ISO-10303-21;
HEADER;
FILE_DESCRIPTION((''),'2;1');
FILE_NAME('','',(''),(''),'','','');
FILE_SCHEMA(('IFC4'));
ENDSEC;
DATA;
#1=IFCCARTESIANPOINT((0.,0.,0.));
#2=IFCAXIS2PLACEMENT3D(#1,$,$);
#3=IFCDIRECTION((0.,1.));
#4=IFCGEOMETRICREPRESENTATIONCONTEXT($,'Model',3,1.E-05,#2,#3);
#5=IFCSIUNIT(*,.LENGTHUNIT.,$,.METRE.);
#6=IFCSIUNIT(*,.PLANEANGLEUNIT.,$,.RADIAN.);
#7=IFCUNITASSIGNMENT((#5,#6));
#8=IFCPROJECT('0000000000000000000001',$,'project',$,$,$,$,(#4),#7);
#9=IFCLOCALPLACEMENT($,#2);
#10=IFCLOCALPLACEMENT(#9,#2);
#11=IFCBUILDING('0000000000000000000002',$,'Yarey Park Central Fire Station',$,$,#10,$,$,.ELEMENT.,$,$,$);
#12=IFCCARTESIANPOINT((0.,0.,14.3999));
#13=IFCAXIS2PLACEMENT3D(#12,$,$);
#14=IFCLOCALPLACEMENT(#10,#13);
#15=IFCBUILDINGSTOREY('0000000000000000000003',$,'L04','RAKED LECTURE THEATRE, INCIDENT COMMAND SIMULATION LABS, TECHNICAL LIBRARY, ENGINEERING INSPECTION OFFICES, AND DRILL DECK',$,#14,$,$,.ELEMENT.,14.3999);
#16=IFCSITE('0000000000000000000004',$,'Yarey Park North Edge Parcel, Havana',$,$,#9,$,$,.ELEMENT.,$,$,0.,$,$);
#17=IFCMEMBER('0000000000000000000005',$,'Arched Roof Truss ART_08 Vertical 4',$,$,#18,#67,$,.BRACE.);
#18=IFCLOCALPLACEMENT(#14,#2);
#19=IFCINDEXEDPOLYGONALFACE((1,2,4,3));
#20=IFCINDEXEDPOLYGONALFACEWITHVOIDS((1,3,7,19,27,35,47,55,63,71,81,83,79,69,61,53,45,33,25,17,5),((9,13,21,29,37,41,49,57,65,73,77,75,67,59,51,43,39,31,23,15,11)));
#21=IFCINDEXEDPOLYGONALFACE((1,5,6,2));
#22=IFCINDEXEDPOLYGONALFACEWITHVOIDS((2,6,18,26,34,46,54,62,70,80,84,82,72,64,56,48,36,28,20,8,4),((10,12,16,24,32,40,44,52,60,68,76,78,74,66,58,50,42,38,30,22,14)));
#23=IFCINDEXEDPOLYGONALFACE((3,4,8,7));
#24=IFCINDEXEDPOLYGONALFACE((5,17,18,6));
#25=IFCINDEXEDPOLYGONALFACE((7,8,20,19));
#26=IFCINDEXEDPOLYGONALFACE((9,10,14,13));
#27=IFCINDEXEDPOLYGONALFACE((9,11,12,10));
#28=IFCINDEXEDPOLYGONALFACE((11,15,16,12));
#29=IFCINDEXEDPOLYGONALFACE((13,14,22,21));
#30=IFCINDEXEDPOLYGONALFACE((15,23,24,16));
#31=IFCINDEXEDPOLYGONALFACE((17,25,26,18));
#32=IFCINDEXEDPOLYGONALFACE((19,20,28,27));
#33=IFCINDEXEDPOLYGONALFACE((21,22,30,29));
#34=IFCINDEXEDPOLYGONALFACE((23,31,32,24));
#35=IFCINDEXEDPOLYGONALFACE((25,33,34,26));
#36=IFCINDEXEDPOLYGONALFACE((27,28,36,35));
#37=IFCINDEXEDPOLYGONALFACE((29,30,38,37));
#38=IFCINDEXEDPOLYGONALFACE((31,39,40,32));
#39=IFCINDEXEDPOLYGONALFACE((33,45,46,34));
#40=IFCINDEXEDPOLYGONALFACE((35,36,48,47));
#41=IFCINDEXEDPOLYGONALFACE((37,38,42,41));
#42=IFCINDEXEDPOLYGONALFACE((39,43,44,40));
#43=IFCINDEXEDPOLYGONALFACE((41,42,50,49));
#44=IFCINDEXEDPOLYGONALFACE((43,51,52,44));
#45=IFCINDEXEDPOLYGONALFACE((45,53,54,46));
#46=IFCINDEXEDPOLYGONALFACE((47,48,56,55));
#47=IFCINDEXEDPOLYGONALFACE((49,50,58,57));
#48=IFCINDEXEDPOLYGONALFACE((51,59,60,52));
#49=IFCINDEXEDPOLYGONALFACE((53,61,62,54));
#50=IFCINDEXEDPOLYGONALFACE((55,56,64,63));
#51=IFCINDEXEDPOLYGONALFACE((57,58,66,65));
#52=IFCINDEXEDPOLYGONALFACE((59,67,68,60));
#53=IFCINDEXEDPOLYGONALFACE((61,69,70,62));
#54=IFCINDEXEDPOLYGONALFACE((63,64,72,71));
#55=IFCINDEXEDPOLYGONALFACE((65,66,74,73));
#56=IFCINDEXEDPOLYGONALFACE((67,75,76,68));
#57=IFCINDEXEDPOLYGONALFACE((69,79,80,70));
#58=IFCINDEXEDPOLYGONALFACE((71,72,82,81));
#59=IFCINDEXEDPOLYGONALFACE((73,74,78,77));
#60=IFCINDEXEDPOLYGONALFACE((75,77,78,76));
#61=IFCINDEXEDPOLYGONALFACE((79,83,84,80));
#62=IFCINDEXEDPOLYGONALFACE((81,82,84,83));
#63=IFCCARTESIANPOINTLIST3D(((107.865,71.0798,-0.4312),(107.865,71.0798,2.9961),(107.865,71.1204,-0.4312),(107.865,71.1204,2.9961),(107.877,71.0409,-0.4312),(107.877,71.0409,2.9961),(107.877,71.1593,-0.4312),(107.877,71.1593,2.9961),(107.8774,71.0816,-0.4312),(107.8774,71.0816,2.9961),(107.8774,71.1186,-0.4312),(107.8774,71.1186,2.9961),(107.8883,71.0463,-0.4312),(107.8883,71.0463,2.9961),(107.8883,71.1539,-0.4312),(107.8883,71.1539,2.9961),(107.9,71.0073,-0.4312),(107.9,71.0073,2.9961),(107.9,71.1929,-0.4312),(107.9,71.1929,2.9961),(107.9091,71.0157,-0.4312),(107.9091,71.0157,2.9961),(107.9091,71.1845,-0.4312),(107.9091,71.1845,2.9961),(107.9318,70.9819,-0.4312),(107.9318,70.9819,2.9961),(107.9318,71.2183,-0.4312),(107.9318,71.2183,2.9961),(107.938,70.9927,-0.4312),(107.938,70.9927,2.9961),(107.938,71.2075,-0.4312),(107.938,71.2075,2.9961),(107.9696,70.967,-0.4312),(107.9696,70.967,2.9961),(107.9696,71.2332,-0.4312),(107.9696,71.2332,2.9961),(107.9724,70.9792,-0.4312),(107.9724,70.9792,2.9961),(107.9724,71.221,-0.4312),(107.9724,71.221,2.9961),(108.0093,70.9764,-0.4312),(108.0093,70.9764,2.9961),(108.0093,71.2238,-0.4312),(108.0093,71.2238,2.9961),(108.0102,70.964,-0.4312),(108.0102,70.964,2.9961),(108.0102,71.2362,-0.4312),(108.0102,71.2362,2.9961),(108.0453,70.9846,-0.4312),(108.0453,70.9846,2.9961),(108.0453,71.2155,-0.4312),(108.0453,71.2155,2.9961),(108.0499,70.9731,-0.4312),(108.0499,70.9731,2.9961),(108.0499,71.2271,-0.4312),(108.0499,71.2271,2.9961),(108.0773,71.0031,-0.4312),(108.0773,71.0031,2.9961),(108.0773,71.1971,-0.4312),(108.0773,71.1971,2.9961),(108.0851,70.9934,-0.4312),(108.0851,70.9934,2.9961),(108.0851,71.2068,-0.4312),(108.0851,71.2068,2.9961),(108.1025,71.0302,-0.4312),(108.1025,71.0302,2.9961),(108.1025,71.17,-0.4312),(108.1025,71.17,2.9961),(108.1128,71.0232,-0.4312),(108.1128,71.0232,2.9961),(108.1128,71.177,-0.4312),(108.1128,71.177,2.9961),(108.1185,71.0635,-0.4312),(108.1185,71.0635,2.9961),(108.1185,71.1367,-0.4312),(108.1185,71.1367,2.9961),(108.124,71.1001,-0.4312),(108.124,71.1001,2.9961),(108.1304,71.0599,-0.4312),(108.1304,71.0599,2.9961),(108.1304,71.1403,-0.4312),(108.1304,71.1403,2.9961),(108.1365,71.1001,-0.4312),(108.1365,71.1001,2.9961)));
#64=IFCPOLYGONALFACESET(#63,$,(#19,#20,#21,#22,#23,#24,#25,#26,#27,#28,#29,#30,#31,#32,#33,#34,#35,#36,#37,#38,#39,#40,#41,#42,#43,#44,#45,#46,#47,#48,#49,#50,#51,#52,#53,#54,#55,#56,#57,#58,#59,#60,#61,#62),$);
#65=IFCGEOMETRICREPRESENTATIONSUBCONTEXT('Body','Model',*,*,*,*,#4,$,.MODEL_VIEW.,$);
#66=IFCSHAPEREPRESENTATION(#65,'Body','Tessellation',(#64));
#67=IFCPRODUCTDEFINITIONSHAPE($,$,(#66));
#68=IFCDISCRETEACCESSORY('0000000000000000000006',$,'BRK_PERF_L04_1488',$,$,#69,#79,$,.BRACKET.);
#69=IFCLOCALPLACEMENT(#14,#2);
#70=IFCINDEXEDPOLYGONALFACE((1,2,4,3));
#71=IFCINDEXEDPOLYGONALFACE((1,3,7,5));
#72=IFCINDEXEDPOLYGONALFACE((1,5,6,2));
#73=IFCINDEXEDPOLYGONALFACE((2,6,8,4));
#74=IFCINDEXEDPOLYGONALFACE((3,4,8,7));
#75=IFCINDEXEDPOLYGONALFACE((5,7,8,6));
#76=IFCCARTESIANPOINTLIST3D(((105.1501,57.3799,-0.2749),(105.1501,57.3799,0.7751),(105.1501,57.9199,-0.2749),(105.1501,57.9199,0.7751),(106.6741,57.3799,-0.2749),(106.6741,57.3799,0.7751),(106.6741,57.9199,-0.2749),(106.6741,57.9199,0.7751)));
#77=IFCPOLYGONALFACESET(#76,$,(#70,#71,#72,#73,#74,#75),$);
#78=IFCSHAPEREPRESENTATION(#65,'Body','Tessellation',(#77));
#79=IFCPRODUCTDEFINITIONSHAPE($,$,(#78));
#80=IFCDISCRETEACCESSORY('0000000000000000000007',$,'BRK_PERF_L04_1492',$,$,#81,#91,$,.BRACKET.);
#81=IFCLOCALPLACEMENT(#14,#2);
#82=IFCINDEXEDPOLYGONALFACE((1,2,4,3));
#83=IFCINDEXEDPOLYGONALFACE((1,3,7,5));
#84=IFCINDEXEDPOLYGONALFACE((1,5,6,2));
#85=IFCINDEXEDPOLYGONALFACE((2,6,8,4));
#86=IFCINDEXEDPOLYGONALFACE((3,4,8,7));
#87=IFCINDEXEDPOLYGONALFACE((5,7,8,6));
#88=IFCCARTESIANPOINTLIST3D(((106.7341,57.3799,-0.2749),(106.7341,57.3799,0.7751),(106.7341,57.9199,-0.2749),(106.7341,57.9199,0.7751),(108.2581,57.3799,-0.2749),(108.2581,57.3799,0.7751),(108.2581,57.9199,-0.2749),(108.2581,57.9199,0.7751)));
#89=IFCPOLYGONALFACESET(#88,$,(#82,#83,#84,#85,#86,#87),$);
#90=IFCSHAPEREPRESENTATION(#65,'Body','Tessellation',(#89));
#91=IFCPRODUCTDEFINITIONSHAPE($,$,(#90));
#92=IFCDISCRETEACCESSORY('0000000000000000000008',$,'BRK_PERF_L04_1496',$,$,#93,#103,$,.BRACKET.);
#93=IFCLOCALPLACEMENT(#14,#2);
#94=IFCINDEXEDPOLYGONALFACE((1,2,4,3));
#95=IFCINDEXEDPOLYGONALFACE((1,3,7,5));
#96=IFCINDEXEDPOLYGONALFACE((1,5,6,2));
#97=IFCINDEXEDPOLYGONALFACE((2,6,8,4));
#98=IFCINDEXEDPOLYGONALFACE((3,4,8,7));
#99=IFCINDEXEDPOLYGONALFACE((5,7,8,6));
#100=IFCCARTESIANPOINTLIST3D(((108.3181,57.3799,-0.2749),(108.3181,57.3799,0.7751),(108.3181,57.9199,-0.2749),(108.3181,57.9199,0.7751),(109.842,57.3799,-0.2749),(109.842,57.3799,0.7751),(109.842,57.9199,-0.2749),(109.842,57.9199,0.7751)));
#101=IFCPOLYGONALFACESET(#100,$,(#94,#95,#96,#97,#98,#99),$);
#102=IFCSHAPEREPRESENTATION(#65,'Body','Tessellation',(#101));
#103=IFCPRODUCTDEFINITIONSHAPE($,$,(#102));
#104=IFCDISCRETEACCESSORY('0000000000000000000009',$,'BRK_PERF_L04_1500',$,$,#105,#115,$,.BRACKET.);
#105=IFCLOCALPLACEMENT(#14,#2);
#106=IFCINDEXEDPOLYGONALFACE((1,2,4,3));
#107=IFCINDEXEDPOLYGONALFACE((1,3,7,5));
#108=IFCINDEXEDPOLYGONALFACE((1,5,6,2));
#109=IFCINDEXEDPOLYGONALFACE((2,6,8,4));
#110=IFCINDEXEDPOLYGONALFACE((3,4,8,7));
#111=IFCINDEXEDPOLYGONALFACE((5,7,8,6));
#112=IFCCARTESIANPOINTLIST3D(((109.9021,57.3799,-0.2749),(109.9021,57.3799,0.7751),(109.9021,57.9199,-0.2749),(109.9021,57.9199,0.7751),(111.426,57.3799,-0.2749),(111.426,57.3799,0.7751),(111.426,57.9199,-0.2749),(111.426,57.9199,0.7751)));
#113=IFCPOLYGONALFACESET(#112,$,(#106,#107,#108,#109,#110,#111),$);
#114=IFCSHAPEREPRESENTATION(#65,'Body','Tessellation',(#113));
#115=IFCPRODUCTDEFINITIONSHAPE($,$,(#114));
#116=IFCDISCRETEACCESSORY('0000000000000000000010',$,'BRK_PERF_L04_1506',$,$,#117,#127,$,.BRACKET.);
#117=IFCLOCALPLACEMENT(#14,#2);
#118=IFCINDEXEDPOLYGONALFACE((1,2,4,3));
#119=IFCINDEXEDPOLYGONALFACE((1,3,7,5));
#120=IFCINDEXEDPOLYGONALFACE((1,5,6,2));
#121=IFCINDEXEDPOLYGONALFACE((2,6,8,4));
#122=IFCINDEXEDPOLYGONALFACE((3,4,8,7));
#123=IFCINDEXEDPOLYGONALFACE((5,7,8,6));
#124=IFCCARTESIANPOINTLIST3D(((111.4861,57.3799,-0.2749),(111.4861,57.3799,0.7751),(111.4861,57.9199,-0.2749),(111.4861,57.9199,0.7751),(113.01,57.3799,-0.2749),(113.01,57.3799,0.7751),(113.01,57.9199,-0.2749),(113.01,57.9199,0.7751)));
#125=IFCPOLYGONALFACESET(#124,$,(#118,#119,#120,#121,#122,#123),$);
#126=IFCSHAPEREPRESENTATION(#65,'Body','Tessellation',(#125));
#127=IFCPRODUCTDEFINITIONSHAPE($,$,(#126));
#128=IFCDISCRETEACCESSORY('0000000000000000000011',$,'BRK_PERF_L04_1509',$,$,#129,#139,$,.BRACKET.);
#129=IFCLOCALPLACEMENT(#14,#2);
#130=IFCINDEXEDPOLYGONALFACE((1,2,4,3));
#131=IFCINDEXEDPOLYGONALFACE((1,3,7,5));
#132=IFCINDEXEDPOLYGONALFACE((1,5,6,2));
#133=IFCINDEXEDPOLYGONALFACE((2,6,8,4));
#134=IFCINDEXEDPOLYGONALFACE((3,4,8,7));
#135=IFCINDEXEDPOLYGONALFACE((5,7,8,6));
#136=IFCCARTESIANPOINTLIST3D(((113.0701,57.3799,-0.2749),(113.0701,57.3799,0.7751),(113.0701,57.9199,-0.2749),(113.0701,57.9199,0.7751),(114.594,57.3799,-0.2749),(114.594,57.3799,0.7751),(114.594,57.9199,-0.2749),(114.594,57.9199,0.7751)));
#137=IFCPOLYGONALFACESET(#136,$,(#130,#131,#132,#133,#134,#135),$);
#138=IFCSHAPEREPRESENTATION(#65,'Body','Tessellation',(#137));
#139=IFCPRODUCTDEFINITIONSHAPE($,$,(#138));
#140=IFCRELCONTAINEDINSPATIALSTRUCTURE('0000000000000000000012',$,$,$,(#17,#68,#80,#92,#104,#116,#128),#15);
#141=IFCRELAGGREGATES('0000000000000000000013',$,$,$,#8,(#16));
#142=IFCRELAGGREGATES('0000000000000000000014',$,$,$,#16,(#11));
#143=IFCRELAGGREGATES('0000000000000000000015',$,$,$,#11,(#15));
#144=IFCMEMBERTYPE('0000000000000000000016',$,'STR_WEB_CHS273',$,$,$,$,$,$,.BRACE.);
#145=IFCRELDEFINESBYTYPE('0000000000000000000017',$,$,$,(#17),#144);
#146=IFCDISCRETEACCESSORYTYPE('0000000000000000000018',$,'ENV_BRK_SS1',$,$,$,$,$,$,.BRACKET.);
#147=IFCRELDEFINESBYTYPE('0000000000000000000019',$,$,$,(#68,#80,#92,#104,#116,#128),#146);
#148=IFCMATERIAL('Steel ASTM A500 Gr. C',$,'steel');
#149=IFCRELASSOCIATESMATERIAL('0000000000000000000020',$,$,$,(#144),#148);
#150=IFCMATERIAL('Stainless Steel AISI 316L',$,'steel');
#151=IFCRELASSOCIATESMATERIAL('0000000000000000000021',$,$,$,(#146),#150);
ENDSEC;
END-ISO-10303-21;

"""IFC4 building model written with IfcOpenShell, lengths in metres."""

from ifc_helpers import new_model, si_unit, direction, frame, origin, origin_2d, place, context, subcontext, project, spatial, rectangle, hollow_circle, extrude, material, material_profile, profile_set, type_object, element, save


model = new_model("IFC4")

# Units and contexts
model_context = context("Model", 3, precision=1e-05, world=origin(), true_north=direction((0.0, 1.0)))
body_context = subcontext(model_context, "Body", "Model", "MODEL_VIEW")
ifc_project = project(units=[si_unit("LENGTHUNIT", "METRE"), si_unit("PLANEANGLEUNIT", "RADIAN")], contexts=[model_context])

# Site, building, storey
site_placement = place(None, origin())
site = spatial("IfcSite", under=ifc_project, at=site_placement, Name="Yarey Park North Edge Parcel, Havana", CompositionType="ELEMENT", RefElevation=0.0)
building_placement = place(site_placement, origin())
building = spatial("IfcBuilding", under=site, at=building_placement, Name="Yarey Park Central Fire Station", CompositionType="ELEMENT")
storey_placement = place(building_placement, frame((0.0, 0.0, 14.3999)))
storey = spatial("IfcBuildingStorey", under=building, at=storey_placement, Name="L04", Description="RAKED LECTURE THEATRE, INCIDENT COMMAND SIMULATION LABS, TECHNICAL LIBRARY, ENGINEERING INSPECTION OFFICES, AND DRILL DECK", CompositionType="ELEMENT", Elevation=14.3999)

# Shared definitions
ifc_material_1 = material(Name="Steel ASTM A500 Gr. C", Category="steel")

# Member
ifc_material_profile_1 = material_profile(ifc_material_1, hollow_circle(Radius=0.1365, WallThickness=0.0125, at=origin_2d()), Name="CHS 273x12.5")
ifc_profile_set_1 = profile_set([ifc_material_profile_1], Name="Steel ASTM A500 Gr. C")
member_type_1 = type_object("IfcMemberType", Name="STR_WEB_CHS273", PredefinedType="BRACE", material=ifc_profile_set_1)
member_1_placement = place(storey_placement, frame((108.0, 71.1001, -0.4312), z_axis=(0.0, 0.0, 1.0), x_axis=(1.0, 0.0, 0.0)))
element("IfcMember", 1, at=member_1_placement, inside=storey, type_object=member_type_1, Name="Arched Roof Truss ART_08 Vertical 4", PredefinedType="BRACE", context=body_context, shape_type="SweptSolid", body=[
    extrude(hollow_circle(Radius=0.1365, WallThickness=0.0125, at=origin_2d()), origin(), (0.0, 0.0, 1.0), 3.4272),
])

# Discrete accessories
ifc_material_2 = material(Name="Stainless Steel AISI 316L", Category="steel")
discrete_accessory_type = type_object("IfcDiscreteAccessoryType", Name="ENV_BRK_SS1", PredefinedType="BRACKET", material=ifc_material_2)
for number, where, z_axis, x_axis, name in (
    (2, (105.9121, 57.6499, -0.2749), (0.0, 0.0, 1.0), (1.0, 0.0, 0.0), "BRK_PERF_L04_1488"),
    (3, (107.4961, 57.6499, -0.2749), (0.0, 0.0, 1.0), (1.0, 0.0, 0.0), "BRK_PERF_L04_1492"),
    (4, (109.0801, 57.6499, -0.2749), (0.0, 0.0, 1.0), (1.0, 0.0, 0.0), "BRK_PERF_L04_1496"),
    (5, (110.6641, 57.6499, -0.2749), (0.0, 0.0, 1.0), (1.0, 0.0, 0.0), "BRK_PERF_L04_1500"),
    (6, (112.248, 57.6499, -0.2749), (0.0, 0.0, 1.0), (1.0, 0.0, 0.0), "BRK_PERF_L04_1506"),
    (7, (113.832, 57.6499, -0.2749), (0.0, 0.0, 1.0), (1.0, 0.0, 0.0), "BRK_PERF_L04_1509"),
):
    element("IfcDiscreteAccessory", number, at=place(storey_placement, frame(where, z_axis=z_axis, x_axis=x_axis)), inside=storey, type_object=discrete_accessory_type, Name=name, PredefinedType="BRACKET", context=body_context, shape_type="SweptSolid", body=[
        extrude(rectangle(XDim=1.5239, YDim=0.54, at=origin_2d()), origin(), (0.0, 0.0, 1.0), 1.05),
    ])

save(model, "model.ifc")
